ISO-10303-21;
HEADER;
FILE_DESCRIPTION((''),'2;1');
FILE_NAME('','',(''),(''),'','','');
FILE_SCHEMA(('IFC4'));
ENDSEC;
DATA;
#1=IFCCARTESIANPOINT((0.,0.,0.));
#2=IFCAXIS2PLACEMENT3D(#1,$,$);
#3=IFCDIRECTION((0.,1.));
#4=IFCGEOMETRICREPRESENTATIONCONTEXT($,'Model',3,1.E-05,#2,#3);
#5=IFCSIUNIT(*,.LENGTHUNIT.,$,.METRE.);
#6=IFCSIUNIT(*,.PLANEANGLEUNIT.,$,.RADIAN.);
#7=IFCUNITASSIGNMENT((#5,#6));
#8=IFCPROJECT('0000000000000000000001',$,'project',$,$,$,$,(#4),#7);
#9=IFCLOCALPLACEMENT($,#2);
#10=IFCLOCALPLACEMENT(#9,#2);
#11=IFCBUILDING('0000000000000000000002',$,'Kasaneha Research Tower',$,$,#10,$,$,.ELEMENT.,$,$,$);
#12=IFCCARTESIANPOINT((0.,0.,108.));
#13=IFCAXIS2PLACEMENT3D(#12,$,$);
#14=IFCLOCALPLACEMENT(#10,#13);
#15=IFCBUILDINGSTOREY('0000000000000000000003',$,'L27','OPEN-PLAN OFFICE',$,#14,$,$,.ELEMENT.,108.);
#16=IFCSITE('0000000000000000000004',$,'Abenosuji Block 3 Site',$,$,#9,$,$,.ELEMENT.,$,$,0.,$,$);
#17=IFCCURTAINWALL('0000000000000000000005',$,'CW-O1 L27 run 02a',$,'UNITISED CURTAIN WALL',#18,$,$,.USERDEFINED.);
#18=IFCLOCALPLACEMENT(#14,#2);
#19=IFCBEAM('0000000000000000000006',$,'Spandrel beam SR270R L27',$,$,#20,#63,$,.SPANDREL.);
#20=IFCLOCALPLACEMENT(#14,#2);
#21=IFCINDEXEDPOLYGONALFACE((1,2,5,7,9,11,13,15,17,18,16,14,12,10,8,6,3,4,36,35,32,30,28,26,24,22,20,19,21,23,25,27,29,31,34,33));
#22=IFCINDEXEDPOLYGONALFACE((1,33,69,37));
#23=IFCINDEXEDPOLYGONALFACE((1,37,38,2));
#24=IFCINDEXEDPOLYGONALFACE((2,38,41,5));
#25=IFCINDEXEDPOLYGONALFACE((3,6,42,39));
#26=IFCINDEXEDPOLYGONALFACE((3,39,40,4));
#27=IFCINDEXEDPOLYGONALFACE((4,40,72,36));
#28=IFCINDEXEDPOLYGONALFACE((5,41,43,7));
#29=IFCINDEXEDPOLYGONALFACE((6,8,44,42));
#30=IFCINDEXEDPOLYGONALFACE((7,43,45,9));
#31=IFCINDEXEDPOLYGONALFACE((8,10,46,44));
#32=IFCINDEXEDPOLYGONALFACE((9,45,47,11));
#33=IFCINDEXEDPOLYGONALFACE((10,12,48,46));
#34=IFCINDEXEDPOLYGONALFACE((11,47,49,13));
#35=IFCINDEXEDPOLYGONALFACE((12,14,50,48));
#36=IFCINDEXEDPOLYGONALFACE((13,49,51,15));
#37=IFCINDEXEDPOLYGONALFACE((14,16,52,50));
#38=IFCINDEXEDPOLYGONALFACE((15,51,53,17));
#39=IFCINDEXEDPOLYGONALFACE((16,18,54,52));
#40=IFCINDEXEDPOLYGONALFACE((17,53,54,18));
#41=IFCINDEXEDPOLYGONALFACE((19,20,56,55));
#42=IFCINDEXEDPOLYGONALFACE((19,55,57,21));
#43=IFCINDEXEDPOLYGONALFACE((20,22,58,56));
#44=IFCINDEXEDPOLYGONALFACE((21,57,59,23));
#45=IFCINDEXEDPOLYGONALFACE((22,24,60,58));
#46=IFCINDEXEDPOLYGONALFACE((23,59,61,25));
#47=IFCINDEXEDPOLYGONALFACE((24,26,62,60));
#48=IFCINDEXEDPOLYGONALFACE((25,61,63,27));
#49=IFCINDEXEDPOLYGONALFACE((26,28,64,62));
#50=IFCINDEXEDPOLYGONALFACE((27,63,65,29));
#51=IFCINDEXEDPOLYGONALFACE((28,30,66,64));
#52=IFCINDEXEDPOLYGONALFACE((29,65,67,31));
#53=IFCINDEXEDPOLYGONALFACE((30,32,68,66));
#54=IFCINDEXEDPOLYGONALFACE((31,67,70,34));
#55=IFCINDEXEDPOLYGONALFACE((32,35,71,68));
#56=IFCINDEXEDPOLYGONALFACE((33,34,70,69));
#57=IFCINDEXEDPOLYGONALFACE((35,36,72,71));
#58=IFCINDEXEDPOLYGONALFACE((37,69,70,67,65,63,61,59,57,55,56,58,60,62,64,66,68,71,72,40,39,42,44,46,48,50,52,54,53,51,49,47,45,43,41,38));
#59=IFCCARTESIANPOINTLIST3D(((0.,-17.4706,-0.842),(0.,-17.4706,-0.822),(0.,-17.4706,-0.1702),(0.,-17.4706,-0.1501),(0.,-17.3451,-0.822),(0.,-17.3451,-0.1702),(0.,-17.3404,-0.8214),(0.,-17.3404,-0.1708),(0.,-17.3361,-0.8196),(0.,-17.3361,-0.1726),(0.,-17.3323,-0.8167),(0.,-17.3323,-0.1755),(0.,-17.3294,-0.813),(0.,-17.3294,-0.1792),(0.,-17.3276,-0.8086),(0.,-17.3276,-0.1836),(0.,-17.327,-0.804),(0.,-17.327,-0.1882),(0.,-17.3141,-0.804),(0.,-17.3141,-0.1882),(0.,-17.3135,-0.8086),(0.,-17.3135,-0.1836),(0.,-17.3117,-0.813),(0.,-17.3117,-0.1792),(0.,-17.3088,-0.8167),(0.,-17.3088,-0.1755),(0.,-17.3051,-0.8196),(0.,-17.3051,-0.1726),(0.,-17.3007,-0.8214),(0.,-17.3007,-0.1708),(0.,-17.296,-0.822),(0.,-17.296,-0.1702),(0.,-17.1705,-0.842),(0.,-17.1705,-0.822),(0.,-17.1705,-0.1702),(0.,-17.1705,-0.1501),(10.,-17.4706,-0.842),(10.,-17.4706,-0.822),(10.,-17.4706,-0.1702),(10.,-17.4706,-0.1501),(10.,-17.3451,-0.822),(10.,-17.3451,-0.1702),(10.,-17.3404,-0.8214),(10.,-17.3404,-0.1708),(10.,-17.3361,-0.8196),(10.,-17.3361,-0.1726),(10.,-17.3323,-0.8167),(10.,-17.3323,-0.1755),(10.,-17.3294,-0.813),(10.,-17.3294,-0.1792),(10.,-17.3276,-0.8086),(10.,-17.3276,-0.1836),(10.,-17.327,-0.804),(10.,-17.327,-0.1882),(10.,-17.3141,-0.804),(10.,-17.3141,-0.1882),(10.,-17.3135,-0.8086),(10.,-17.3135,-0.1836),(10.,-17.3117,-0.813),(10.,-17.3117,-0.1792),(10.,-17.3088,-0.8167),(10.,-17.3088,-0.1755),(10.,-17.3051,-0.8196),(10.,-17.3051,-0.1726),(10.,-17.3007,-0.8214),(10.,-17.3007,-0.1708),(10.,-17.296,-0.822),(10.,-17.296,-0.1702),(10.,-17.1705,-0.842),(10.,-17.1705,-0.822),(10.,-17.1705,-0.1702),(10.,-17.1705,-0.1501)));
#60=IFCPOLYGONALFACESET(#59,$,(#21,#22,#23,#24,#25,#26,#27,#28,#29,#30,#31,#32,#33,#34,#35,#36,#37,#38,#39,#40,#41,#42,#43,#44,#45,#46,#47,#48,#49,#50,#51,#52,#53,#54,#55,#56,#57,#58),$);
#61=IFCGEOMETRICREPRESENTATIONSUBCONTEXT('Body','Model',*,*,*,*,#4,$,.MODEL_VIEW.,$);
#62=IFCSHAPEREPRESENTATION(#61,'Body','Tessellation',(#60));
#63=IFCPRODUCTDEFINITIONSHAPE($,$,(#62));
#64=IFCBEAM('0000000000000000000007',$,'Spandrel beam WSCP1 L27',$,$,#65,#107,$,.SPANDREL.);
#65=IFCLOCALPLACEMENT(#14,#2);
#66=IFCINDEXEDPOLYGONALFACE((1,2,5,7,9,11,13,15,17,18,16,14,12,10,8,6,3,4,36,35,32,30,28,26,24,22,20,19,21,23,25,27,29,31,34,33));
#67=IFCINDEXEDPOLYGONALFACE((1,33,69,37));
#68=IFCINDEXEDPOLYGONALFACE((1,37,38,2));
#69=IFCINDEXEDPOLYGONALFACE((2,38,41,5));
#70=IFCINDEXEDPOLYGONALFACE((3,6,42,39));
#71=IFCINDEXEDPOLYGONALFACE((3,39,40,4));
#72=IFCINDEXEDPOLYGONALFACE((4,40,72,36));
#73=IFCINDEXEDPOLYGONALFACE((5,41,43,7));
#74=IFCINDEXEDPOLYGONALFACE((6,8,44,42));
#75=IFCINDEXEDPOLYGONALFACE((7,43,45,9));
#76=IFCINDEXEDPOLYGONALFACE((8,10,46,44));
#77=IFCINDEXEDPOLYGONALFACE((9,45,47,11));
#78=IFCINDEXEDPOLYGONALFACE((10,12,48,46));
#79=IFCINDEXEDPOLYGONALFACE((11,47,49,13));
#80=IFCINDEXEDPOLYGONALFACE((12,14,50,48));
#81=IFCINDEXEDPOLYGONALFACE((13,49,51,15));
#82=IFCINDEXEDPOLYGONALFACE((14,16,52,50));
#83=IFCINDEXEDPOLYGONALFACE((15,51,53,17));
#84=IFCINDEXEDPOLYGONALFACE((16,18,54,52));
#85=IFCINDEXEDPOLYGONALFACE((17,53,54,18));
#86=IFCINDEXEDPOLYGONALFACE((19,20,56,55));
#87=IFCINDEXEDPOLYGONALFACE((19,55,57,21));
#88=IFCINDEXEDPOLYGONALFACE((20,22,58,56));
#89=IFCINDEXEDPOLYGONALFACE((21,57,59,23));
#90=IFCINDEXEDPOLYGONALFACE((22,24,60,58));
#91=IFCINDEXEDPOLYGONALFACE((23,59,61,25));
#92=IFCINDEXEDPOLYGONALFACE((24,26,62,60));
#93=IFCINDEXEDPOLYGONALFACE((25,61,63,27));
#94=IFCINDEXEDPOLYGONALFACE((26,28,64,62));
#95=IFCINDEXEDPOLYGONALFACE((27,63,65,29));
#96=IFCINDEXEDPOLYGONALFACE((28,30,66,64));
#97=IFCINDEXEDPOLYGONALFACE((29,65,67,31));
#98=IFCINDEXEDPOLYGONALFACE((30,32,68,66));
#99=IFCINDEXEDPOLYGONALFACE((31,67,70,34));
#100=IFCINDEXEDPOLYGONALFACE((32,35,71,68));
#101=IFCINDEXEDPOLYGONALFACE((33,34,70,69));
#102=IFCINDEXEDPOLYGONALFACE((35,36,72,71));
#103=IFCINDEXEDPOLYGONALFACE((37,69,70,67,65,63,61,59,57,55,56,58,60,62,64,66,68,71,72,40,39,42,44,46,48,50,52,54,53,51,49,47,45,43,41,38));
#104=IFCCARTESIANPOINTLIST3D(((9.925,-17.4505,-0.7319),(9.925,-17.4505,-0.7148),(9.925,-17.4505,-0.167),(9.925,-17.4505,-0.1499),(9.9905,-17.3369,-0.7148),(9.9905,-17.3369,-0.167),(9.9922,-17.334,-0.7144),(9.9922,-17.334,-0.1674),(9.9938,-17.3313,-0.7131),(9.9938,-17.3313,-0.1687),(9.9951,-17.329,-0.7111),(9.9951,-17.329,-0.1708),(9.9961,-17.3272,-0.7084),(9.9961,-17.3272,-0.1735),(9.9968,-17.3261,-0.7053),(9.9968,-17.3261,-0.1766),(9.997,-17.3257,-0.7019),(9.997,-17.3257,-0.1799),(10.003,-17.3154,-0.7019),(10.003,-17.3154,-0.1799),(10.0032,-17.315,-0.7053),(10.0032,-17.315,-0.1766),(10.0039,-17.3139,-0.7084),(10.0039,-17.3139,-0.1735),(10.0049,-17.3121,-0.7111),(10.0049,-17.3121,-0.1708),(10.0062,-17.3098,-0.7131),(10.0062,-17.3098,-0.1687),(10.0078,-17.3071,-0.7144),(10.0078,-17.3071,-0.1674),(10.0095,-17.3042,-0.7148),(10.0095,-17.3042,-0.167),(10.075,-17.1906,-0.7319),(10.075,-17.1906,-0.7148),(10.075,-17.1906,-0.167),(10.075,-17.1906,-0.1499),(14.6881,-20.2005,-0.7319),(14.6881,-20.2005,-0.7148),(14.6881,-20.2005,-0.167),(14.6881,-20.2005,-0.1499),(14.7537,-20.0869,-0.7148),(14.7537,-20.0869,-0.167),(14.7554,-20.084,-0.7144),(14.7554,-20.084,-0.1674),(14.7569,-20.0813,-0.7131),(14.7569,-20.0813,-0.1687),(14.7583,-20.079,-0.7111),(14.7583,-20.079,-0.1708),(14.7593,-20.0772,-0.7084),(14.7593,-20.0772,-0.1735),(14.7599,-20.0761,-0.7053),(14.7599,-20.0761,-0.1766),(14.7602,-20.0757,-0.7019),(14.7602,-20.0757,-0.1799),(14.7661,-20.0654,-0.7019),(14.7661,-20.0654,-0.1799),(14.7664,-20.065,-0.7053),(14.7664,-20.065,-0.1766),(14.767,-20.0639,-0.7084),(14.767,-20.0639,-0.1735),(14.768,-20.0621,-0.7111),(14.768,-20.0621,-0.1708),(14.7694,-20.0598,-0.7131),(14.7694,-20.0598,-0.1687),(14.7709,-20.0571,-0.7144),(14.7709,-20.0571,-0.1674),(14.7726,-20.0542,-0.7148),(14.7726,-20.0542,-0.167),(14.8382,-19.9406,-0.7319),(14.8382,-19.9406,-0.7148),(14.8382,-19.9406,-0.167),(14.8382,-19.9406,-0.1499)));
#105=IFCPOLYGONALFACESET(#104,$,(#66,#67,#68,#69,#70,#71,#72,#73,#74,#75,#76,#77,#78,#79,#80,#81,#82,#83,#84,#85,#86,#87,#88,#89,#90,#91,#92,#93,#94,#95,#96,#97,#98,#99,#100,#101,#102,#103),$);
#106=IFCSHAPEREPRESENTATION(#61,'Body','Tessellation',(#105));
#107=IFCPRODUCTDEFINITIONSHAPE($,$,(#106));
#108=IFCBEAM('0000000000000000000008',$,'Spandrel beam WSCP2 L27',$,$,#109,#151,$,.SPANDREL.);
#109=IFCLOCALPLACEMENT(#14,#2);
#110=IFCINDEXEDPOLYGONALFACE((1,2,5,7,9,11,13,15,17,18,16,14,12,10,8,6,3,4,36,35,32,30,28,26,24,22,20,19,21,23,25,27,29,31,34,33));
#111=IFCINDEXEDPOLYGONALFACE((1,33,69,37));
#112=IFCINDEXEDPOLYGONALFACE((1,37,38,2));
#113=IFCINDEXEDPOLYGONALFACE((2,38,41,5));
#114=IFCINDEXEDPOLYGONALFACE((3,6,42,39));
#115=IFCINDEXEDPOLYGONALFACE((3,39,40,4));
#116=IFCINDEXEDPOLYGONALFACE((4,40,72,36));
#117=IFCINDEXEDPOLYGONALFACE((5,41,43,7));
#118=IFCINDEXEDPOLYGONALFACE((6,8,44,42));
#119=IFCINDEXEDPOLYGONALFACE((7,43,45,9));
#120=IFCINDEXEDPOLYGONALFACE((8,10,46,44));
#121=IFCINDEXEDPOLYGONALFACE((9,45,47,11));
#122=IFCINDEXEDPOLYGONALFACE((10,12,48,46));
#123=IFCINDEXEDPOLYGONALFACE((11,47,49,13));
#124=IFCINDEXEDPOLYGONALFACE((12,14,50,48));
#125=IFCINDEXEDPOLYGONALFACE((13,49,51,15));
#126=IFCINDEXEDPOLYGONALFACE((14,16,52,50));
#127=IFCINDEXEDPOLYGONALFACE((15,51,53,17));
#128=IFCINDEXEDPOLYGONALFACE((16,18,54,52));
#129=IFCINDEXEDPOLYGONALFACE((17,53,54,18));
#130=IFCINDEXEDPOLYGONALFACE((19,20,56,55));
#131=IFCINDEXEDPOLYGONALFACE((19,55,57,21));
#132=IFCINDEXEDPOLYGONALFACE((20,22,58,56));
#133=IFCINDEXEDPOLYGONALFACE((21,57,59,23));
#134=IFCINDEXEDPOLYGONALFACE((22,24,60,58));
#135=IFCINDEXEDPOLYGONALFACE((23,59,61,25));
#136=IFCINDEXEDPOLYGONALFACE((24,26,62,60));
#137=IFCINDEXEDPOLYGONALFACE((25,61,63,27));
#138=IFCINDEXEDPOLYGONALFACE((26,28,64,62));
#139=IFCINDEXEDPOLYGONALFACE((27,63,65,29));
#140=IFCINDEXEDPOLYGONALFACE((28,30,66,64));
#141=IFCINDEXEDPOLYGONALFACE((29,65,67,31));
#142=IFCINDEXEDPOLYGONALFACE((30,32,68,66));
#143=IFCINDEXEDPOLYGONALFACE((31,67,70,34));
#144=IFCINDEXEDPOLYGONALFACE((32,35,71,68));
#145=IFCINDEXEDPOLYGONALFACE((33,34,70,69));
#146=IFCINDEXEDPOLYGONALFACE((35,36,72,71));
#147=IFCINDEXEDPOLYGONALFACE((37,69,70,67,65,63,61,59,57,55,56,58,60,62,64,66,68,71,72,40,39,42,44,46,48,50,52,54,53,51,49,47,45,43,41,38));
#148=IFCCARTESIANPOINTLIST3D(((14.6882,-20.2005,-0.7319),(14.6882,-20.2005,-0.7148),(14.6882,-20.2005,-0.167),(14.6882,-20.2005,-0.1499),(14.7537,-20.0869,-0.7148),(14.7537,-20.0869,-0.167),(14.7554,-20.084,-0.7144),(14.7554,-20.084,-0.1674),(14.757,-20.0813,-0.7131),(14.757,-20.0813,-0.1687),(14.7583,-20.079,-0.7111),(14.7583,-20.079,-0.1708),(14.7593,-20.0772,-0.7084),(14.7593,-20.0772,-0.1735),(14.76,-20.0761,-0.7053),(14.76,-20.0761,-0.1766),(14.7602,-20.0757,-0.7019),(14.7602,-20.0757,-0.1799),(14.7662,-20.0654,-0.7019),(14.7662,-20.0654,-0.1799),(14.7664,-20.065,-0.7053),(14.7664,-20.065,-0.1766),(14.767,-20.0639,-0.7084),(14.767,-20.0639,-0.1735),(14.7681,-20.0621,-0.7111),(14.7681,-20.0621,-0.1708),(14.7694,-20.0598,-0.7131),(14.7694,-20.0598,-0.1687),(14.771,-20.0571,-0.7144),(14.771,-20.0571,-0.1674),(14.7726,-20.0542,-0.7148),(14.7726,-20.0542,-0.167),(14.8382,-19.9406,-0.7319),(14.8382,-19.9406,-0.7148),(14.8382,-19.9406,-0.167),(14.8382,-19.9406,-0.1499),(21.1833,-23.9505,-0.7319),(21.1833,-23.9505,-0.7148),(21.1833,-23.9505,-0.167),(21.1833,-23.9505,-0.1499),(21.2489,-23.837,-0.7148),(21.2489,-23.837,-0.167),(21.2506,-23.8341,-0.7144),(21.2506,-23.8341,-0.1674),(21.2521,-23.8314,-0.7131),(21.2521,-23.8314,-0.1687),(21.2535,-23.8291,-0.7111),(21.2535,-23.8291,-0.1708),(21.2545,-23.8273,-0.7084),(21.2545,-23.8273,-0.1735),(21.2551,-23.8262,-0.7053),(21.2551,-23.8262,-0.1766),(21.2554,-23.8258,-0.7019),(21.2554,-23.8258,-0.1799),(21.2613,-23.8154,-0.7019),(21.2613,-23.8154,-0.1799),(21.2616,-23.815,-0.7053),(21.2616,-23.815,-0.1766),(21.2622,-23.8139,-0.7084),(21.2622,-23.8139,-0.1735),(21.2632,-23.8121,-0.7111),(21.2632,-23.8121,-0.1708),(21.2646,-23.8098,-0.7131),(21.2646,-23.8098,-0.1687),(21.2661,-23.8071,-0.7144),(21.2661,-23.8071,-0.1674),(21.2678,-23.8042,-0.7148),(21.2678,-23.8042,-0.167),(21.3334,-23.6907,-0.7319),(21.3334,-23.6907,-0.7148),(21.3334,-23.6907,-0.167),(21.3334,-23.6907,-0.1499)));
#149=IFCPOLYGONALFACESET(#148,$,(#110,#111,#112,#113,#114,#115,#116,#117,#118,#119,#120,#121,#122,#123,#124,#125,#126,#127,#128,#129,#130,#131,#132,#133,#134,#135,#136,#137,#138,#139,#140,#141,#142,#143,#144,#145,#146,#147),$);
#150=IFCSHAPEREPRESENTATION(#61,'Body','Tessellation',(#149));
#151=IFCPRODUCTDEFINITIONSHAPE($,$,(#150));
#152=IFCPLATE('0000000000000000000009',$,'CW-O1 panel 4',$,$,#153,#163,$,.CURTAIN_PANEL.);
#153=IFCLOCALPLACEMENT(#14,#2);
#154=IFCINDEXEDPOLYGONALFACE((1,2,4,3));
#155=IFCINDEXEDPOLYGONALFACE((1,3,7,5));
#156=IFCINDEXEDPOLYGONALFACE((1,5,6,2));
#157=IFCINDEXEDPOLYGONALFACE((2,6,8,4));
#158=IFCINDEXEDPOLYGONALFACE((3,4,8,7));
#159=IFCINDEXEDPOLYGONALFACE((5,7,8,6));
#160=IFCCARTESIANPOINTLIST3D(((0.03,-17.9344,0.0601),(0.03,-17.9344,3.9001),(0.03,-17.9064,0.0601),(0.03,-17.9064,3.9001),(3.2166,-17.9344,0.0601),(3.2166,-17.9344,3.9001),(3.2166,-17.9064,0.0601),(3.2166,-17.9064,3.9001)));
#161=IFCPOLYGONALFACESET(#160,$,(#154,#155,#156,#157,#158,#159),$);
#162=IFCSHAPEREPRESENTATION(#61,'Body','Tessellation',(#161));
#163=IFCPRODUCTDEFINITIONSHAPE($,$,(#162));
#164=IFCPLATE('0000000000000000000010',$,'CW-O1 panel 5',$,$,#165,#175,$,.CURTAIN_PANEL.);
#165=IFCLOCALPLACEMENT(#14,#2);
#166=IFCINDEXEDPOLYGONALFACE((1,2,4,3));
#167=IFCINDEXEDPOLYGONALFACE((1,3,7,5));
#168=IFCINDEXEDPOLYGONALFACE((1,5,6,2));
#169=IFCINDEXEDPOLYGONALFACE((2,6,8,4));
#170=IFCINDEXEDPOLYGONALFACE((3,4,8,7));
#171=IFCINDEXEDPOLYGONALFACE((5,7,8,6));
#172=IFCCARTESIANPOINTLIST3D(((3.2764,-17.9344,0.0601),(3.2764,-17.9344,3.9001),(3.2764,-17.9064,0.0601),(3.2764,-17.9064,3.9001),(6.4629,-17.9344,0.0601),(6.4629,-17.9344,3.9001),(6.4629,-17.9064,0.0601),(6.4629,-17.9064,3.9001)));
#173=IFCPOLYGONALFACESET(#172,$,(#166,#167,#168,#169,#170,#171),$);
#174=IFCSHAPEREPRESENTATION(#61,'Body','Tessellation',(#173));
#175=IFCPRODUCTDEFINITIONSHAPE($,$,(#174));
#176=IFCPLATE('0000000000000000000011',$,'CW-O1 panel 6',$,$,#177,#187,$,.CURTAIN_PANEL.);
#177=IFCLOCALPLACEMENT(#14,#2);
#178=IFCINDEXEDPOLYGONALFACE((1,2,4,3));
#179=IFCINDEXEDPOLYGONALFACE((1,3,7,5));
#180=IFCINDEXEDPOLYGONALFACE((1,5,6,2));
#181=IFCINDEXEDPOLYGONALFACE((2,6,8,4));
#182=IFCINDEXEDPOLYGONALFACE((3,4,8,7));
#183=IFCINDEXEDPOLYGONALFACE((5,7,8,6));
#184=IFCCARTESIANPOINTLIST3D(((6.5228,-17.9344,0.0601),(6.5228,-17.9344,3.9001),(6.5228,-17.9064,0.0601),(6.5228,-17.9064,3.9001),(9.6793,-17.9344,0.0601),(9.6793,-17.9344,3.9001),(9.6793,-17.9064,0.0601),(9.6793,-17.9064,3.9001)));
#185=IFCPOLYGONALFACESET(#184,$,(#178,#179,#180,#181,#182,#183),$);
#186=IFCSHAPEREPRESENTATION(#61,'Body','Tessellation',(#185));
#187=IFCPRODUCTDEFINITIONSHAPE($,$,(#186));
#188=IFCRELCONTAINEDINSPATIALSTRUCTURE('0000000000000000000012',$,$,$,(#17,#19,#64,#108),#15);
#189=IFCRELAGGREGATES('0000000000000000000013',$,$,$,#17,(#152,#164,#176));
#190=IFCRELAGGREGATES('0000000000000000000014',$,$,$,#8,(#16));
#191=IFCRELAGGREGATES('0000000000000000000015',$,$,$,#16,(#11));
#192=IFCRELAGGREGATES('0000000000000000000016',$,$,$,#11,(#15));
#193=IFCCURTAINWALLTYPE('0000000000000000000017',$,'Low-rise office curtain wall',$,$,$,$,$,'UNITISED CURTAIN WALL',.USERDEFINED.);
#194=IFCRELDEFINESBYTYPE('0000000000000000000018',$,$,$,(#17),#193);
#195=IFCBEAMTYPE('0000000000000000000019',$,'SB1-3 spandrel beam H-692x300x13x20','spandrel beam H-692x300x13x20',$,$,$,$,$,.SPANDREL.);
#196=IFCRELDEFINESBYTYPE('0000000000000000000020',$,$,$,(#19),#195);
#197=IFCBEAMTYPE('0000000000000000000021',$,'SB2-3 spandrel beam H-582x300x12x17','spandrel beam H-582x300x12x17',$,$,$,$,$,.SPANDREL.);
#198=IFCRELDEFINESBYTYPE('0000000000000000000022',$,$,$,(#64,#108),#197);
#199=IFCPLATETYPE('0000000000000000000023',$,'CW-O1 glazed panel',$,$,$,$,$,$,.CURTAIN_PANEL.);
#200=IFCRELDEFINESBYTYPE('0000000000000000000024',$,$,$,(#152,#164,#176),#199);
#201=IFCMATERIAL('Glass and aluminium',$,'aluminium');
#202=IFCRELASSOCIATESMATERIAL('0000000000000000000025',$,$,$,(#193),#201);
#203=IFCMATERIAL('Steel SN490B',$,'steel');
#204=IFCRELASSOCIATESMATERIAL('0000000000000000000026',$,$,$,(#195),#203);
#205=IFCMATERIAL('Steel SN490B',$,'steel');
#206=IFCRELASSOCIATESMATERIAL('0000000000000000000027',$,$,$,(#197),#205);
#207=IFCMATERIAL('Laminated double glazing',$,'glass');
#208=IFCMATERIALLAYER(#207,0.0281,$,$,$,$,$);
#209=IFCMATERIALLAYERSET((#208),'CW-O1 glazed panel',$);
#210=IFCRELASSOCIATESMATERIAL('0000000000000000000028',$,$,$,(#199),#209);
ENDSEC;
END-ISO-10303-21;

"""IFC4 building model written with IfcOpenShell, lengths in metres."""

from ifc_helpers import new_model, si_unit, direction, frame, origin, origin_2d, place, context, subcontext, project, spatial, rectangle, i_section, extrude, material, layer, layer_set, material_profile, profile_set, type_object, element, aggregate, save


model = new_model("IFC4")

# Units and contexts
model_context = context("Model", 3, precision=1e-05, world=origin(), true_north=direction((0.0, 1.0)))
body_context = subcontext(model_context, "Body", "Model", "MODEL_VIEW")
ifc_project = project(units=[si_unit("LENGTHUNIT", "METRE"), si_unit("PLANEANGLEUNIT", "RADIAN")], contexts=[model_context])

# Site, building, storey
site_placement = place(None, origin())
site = spatial("IfcSite", under=ifc_project, at=site_placement, Name="Abenosuji Block 3 Site", CompositionType="ELEMENT", RefElevation=0.0)
building_placement = place(site_placement, origin())
building = spatial("IfcBuilding", under=site, at=building_placement, Name="Kasaneha Research Tower", CompositionType="ELEMENT")
storey_placement = place(building_placement, frame((0.0, 0.0, 108.0)))
storey = spatial("IfcBuildingStorey", under=building, at=storey_placement, Name="L27", Description="OPEN-PLAN OFFICE", CompositionType="ELEMENT", Elevation=108.0)

# Curtain wall
ifc_material_1 = material(Name="Glass and aluminium", Category="aluminium")
curtain_wall_type = type_object("IfcCurtainWallType", Name="Low-rise office curtain wall", ElementType="UNITISED CURTAIN WALL", PredefinedType="USERDEFINED", material=ifc_material_1)
curtain_wall_1_placement = place(storey_placement, origin())
curtain_wall_1 = element("IfcCurtainWall", 1, at=curtain_wall_1_placement, inside=storey, type_object=curtain_wall_type, Name="CW-O1 L27 run 02a", ObjectType="UNITISED CURTAIN WALL", PredefinedType="USERDEFINED")

# Beams
ifc_material_2 = material(Name="Steel SN490B", Category="steel")
ifc_material_profile_1 = material_profile(ifc_material_2, i_section(OverallWidth=0.3, OverallDepth=0.6919, WebThickness=0.0129, FlangeThickness=0.02, FilletRadius=0.0181, at=origin_2d()), Name="H-692x300x13x20")
ifc_profile_set_1 = profile_set([ifc_material_profile_1], Name="Steel SN490B")
beam_type_1 = type_object("IfcBeamType", Name="SB1-3 spandrel beam H-692x300x13x20", Description="spandrel beam H-692x300x13x20", PredefinedType="SPANDREL", material=ifc_profile_set_1)
beam_1_placement = place(storey_placement, frame((10.0, -17.3206, -0.4961), z_axis=(-1.0, 0.0, 0.0), x_axis=(0.0, -1.0, 0.0)))
element("IfcBeam", 2, at=beam_1_placement, inside=storey, type_object=beam_type_1, Name="Spandrel beam SR270R L27", PredefinedType="SPANDREL", context=body_context, shape_type="SweptSolid", body=[
    extrude(i_section(OverallWidth=0.3, OverallDepth=0.6919, WebThickness=0.0129, FlangeThickness=0.02, FilletRadius=0.0181, at=origin_2d()), origin(), (0.0, 0.0, 1.0), 10.0),
])
ifc_material_3 = material(Name="Steel SN490B", Category="steel")
ifc_material_profile_2 = material_profile(ifc_material_3, i_section(OverallWidth=0.3, OverallDepth=0.582, WebThickness=0.012, FlangeThickness=0.0171, FilletRadius=0.0129, at=origin_2d()), Name="H-582x300x12x17")
ifc_profile_set_2 = profile_set([ifc_material_profile_2], Name="Steel SN490B")
beam_type_2 = type_object("IfcBeamType", Name="SB2-3 spandrel beam H-582x300x12x17", Description="spandrel beam H-582x300x12x17", PredefinedType="SPANDREL", material=ifc_profile_set_2)
beam_2_placement = place(storey_placement, frame((10.0, -17.3206, -0.4409), z_axis=(0.866027, -0.499997, 0.0), x_axis=(0.499997, 0.866027, 0.0)))
element("IfcBeam", 3, at=beam_2_placement, inside=storey, type_object=beam_type_2, Name="Spandrel beam WSCP1 L27", PredefinedType="SPANDREL", context=body_context, shape_type="SweptSolid", body=[
    extrude(i_section(OverallWidth=0.3, OverallDepth=0.582, WebThickness=0.012, FlangeThickness=0.0171, FilletRadius=0.0129, at=origin_2d()), origin(), (0.0, 0.0, 1.0), 5.5),
])
beam_3_placement = place(storey_placement, frame((14.7632, -20.0706, -0.4409), z_axis=(0.866023, -0.500004, 0.0), x_axis=(0.500004, 0.866023, 0.0)))
element("IfcBeam", 4, at=beam_3_placement, inside=storey, type_object=beam_type_2, Name="Spandrel beam WSCP2 L27", PredefinedType="SPANDREL", context=body_context, shape_type="SweptSolid", body=[
    extrude(i_section(OverallWidth=0.3, OverallDepth=0.582, WebThickness=0.012, FlangeThickness=0.0171, FilletRadius=0.0129, at=origin_2d()), origin(), (0.0, 0.0, 1.0), 7.5),
])

# Plates
ifc_material_4 = material(Name="Laminated double glazing", Category="glass")
ifc_layer_1 = layer(ifc_material_4, 0.0281)
ifc_layer_set_1 = layer_set([ifc_layer_1], Name="CW-O1 glazed panel")
plate_type = type_object("IfcPlateType", Name="CW-O1 glazed panel", PredefinedType="CURTAIN_PANEL", material=ifc_layer_set_1)
plate_1_placement = place(storey_placement, frame((1.6233, -17.9204, 0.0601), z_axis=(0.0, 0.0, 1.0), x_axis=(1.0, 0.0, 0.0)))
plate_1 = element("IfcPlate", 5, at=plate_1_placement, type_object=plate_type, Name="CW-O1 panel 4", PredefinedType="CURTAIN_PANEL", context=body_context, shape_type="SweptSolid", body=[
    extrude(rectangle(XDim=3.1865, YDim=0.0281, at=origin_2d()), origin(), (0.0, 0.0, 1.0), 3.8401),
])
plate_2_placement = place(storey_placement, frame((4.8696, -17.9204, 0.0601), z_axis=(0.0, 0.0, 1.0), x_axis=(1.0, 0.0, 0.0)))
plate_2 = element("IfcPlate", 6, at=plate_2_placement, type_object=plate_type, Name="CW-O1 panel 5", PredefinedType="CURTAIN_PANEL", context=body_context, shape_type="SweptSolid", body=[
    extrude(rectangle(XDim=3.1865, YDim=0.0281, at=origin_2d()), origin(), (0.0, 0.0, 1.0), 3.8401),
])
plate_3_placement = place(storey_placement, frame((8.1011, -17.9204, 0.0601), z_axis=(0.0, 0.0, 1.0), x_axis=(1.0, 0.0, 0.0)))
plate_3 = element("IfcPlate", 7, at=plate_3_placement, type_object=plate_type, Name="CW-O1 panel 6", PredefinedType="CURTAIN_PANEL", context=body_context, shape_type="SweptSolid", body=[
    extrude(rectangle(XDim=3.1565, YDim=0.0281, at=origin_2d()), origin(), (0.0, 0.0, 1.0), 3.8401),
])
aggregate(curtain_wall_1, [plate_1, plate_2, plate_3])

save(model, "model.ifc")
